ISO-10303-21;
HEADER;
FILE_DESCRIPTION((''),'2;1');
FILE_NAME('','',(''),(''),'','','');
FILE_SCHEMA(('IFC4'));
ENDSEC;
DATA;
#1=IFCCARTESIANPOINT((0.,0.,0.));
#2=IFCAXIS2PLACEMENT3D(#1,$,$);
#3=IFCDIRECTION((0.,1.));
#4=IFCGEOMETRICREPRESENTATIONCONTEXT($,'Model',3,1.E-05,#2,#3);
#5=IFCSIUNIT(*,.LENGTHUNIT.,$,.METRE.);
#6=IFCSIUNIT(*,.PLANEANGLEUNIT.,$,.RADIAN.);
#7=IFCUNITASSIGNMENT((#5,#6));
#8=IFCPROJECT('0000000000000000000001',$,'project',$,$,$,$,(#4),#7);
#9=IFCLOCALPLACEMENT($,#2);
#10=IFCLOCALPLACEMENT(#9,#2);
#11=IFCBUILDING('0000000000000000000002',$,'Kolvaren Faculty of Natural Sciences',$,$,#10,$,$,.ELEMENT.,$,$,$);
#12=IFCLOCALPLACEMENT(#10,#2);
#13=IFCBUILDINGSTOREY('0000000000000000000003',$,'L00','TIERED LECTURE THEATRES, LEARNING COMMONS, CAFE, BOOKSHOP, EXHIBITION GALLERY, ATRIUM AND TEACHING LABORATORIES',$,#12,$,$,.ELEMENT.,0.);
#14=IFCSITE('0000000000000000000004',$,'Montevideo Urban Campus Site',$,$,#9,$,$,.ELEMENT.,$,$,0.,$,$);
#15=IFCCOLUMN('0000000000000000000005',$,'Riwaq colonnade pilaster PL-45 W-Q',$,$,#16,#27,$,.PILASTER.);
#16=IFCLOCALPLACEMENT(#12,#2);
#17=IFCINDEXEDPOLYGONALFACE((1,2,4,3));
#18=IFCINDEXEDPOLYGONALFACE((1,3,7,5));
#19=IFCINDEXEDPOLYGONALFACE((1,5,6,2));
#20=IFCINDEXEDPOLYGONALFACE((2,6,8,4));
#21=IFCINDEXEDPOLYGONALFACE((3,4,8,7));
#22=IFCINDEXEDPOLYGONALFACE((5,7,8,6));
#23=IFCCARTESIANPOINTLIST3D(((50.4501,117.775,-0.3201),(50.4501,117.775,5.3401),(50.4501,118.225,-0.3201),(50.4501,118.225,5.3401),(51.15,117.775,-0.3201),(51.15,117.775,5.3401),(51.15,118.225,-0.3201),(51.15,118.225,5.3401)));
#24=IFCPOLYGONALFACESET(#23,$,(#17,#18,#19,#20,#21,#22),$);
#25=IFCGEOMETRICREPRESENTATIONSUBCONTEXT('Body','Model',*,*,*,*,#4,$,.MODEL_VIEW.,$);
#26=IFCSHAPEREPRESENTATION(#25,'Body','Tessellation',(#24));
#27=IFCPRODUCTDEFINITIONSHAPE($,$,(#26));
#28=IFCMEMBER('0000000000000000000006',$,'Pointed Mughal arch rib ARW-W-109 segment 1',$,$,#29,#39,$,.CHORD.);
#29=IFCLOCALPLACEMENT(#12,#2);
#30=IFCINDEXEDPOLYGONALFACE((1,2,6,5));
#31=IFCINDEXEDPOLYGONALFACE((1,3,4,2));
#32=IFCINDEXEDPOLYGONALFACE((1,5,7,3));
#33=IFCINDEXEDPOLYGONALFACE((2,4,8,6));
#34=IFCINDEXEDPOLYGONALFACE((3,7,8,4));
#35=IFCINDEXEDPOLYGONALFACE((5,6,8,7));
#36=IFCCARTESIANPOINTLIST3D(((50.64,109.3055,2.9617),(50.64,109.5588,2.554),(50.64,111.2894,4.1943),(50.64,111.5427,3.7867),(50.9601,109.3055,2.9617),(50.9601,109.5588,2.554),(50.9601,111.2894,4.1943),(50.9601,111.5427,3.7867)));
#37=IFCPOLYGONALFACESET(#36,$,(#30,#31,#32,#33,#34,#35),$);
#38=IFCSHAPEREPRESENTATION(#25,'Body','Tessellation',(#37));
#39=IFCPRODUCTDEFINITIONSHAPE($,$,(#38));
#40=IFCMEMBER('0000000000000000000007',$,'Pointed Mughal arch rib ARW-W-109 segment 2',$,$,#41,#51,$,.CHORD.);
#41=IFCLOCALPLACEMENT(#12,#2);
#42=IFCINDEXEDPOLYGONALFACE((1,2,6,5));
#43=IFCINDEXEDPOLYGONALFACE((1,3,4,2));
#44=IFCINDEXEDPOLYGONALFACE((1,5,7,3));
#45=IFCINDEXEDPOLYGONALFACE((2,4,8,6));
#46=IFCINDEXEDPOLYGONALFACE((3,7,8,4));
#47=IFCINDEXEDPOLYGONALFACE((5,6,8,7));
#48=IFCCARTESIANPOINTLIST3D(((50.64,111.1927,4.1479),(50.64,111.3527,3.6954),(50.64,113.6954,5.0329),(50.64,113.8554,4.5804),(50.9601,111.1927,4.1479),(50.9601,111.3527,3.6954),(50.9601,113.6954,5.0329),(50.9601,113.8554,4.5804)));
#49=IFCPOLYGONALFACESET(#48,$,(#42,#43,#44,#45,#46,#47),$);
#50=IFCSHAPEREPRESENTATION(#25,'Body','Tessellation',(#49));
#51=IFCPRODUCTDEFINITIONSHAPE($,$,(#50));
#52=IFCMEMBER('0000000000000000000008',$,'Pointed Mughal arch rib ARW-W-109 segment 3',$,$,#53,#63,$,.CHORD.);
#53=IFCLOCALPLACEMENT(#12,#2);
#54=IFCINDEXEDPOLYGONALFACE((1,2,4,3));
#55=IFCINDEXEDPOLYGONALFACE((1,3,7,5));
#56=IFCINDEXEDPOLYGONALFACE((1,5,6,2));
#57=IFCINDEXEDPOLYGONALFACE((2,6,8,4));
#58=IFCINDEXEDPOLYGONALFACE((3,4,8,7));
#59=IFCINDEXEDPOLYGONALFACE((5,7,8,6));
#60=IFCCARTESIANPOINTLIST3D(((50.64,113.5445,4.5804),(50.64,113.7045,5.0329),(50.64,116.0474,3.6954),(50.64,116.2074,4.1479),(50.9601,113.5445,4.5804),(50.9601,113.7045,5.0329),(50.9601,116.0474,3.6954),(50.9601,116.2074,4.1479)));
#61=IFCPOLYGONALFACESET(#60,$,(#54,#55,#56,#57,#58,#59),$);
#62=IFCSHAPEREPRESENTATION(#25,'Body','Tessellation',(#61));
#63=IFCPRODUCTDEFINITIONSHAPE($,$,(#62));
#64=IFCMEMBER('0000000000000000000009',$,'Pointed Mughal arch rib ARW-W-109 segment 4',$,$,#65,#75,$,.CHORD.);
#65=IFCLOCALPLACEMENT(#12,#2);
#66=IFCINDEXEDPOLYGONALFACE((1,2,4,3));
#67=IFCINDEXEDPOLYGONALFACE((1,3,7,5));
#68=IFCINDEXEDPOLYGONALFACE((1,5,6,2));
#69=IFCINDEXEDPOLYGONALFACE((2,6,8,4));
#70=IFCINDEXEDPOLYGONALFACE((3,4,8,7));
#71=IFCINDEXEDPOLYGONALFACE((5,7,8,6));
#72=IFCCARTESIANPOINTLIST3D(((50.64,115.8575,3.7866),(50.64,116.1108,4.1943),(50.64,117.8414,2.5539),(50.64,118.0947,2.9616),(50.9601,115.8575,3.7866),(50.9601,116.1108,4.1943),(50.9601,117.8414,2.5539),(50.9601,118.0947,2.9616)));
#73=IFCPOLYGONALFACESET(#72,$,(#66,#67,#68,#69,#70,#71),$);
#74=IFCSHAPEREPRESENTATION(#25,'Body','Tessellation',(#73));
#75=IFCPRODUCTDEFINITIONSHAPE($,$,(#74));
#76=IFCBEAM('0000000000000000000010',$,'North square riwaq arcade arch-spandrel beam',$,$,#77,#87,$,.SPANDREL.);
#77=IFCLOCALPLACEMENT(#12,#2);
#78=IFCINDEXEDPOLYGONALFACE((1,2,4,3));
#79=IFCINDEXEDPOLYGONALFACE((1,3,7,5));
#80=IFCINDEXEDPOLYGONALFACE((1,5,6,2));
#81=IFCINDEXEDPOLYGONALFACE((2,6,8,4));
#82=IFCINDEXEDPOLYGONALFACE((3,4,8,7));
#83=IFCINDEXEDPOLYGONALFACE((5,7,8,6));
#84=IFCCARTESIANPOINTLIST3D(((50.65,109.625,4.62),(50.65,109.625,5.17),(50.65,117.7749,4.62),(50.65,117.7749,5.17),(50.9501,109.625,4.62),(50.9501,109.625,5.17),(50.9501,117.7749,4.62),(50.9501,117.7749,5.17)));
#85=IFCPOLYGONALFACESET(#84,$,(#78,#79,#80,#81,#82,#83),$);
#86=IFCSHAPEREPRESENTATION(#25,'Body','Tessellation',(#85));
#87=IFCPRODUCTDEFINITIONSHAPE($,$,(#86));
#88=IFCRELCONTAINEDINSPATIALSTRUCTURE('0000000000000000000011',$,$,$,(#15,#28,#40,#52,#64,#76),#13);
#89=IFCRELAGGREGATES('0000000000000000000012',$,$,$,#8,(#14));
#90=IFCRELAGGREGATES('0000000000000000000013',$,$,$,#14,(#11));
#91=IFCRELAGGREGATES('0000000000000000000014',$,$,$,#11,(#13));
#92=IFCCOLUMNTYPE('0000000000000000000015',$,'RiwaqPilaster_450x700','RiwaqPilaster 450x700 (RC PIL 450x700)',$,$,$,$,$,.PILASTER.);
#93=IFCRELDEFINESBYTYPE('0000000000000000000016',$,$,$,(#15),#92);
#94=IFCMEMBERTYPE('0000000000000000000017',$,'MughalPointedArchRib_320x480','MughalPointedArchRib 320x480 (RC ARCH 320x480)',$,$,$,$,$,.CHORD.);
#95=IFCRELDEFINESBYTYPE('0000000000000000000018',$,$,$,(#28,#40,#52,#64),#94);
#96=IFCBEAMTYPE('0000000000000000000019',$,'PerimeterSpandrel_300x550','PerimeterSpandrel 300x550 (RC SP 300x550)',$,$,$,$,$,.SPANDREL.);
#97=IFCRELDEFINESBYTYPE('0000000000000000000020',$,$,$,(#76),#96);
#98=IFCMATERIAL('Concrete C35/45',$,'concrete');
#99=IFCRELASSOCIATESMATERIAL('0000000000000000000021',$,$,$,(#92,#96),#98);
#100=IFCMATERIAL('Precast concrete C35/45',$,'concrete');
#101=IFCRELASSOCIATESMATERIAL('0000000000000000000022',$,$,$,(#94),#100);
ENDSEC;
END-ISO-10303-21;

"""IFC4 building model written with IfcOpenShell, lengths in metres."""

from ifc_helpers import new_model, si_unit, direction, frame, origin, origin_2d, place, context, subcontext, project, spatial, rectangle, extrude, material, material_profile, profile_set, type_object, element, save


model = new_model("IFC4")

# Units and contexts
model_context = context("Model", 3, precision=1e-05, world=origin(), true_north=direction((0.0, 1.0)))
body_context = subcontext(model_context, "Body", "Model", "MODEL_VIEW")
ifc_project = project(units=[si_unit("LENGTHUNIT", "METRE"), si_unit("PLANEANGLEUNIT", "RADIAN")], contexts=[model_context])

# Site, building, storey
site_placement = place(None, origin())
site = spatial("IfcSite", under=ifc_project, at=site_placement, Name="Montevideo Urban Campus Site", CompositionType="ELEMENT", RefElevation=0.0)
building_placement = place(site_placement, origin())
building = spatial("IfcBuilding", under=site, at=building_placement, Name="Kolvaren Faculty of Natural Sciences", CompositionType="ELEMENT")
storey_placement = place(building_placement, origin())
storey = spatial("IfcBuildingStorey", under=building, at=storey_placement, Name="L00", Description="TIERED LECTURE THEATRES, LEARNING COMMONS, CAFE, BOOKSHOP, EXHIBITION GALLERY, ATRIUM AND TEACHING LABORATORIES", CompositionType="ELEMENT", Elevation=0.0)

# Shared definitions
ifc_material_1 = material(Name="Concrete C35/45", Category="concrete")

# Column
ifc_material_profile_1 = material_profile(ifc_material_1, rectangle(XDim=0.45, YDim=0.7, at=origin_2d()), Name="RC PIL 450x700")
ifc_profile_set_1 = profile_set([ifc_material_profile_1], Name="Concrete C35/45")
column_type = type_object("IfcColumnType", Name="RiwaqPilaster_450x700", Description="RiwaqPilaster 450x700 (RC PIL 450x700)", PredefinedType="PILASTER", material=ifc_profile_set_1)
for number, where, z_axis, x_axis, name in (
    (1, (50.8, 118.0, -0.3201), (0.0, 0.0, 1.0), (0.0, 1.0, 0.0), "Riwaq colonnade pilaster PL-45 W-Q"),
):
    element("IfcColumn", number, at=place(storey_placement, frame(where, z_axis=z_axis, x_axis=x_axis)), inside=storey, type_object=column_type, Name=name, PredefinedType="PILASTER", context=body_context, shape_type="SweptSolid", body=[
        extrude(rectangle(XDim=0.45, YDim=0.7, at=origin_2d()), origin(), (0.0, 0.0, 1.0), 5.6602),
    ])

# Members
ifc_material_2 = material(Name="Precast concrete C35/45", Category="concrete")
ifc_material_profile_2 = material_profile(ifc_material_2, rectangle(XDim=0.3201, YDim=0.48, at=origin_2d()), Name="RC ARCH 320x480")
ifc_profile_set_2 = profile_set([ifc_material_profile_2], Name="Precast concrete C35/45")
member_type = type_object("IfcMemberType", Name="MughalPointedArchRib_320x480", Description="MughalPointedArchRib 320x480 (RC ARCH 320x480)", PredefinedType="CHORD", material=ifc_profile_set_2)
member_1_placement = place(storey_placement, frame((50.8, 109.4321, 2.7578), z_axis=(0.0, 0.849393, 0.527761), x_axis=(-1.0, 0.0, 0.0)))
element("IfcMember", 2, at=member_1_placement, inside=storey, type_object=member_type, Name="Pointed Mughal arch rib ARW-W-109 segment 1", PredefinedType="CHORD", context=body_context, shape_type="SweptSolid", body=[
    extrude(rectangle(XDim=0.3201, YDim=0.48, at=origin_2d()), origin(), (0.0, 0.0, 1.0), 2.3357),
])
member_2_placement = place(storey_placement, frame((50.8, 111.2727, 3.9216), z_axis=(0.0, 0.942788, 0.333393), x_axis=(-1.0, 0.0, 0.0)))
element("IfcMember", 3, at=member_2_placement, inside=storey, type_object=member_type, Name="Pointed Mughal arch rib ARW-W-109 segment 2", PredefinedType="CHORD", context=body_context, shape_type="SweptSolid", body=[
    extrude(rectangle(XDim=0.3201, YDim=0.48, at=origin_2d()), origin(), (0.0, 0.0, 1.0), 2.6545),
])
member_3_placement = place(storey_placement, frame((50.8, 113.6245, 4.8066), z_axis=(0.0, 0.942798, -0.333364), x_axis=(-1.0, 0.0, 0.0)))
element("IfcMember", 4, at=member_3_placement, inside=storey, type_object=member_type, Name="Pointed Mughal arch rib ARW-W-109 segment 3", PredefinedType="CHORD", context=body_context, shape_type="SweptSolid", body=[
    extrude(rectangle(XDim=0.3201, YDim=0.48, at=origin_2d()), origin(), (0.0, 0.0, 1.0), 2.6548),
])
member_4_placement = place(storey_placement, frame((50.8, 115.9841, 3.9905), z_axis=(0.0, 0.849393, -0.527761), x_axis=(-1.0, 0.0, 0.0)))
element("IfcMember", 5, at=member_4_placement, inside=storey, type_object=member_type, Name="Pointed Mughal arch rib ARW-W-109 segment 4", PredefinedType="CHORD", context=body_context, shape_type="SweptSolid", body=[
    extrude(rectangle(XDim=0.3201, YDim=0.48, at=origin_2d()), origin(), (0.0, 0.0, 1.0), 2.3357),
])

# Beam
ifc_material_profile_3 = material_profile(ifc_material_1, rectangle(XDim=0.3, YDim=0.55, at=origin_2d()), Name="RC SP 300x550")
ifc_profile_set_3 = profile_set([ifc_material_profile_3], Name="Concrete C35/45")
beam_type = type_object("IfcBeamType", Name="PerimeterSpandrel_300x550", Description="PerimeterSpandrel 300x550 (RC SP 300x550)", PredefinedType="SPANDREL", material=ifc_profile_set_3)
beam_placement = place(storey_placement, frame((50.8, 109.625, 4.895), z_axis=(0.0, 1.0, 0.0), x_axis=(-1.0, 0.0, 0.0)))
element("IfcBeam", 6, at=beam_placement, inside=storey, type_object=beam_type, Name="North square riwaq arcade arch-spandrel beam", PredefinedType="SPANDREL", context=body_context, shape_type="SweptSolid", body=[
    extrude(rectangle(XDim=0.3, YDim=0.55, at=origin_2d()), origin(), (0.0, 0.0, 1.0), 8.1499),
])

save(model, "model.ifc")
